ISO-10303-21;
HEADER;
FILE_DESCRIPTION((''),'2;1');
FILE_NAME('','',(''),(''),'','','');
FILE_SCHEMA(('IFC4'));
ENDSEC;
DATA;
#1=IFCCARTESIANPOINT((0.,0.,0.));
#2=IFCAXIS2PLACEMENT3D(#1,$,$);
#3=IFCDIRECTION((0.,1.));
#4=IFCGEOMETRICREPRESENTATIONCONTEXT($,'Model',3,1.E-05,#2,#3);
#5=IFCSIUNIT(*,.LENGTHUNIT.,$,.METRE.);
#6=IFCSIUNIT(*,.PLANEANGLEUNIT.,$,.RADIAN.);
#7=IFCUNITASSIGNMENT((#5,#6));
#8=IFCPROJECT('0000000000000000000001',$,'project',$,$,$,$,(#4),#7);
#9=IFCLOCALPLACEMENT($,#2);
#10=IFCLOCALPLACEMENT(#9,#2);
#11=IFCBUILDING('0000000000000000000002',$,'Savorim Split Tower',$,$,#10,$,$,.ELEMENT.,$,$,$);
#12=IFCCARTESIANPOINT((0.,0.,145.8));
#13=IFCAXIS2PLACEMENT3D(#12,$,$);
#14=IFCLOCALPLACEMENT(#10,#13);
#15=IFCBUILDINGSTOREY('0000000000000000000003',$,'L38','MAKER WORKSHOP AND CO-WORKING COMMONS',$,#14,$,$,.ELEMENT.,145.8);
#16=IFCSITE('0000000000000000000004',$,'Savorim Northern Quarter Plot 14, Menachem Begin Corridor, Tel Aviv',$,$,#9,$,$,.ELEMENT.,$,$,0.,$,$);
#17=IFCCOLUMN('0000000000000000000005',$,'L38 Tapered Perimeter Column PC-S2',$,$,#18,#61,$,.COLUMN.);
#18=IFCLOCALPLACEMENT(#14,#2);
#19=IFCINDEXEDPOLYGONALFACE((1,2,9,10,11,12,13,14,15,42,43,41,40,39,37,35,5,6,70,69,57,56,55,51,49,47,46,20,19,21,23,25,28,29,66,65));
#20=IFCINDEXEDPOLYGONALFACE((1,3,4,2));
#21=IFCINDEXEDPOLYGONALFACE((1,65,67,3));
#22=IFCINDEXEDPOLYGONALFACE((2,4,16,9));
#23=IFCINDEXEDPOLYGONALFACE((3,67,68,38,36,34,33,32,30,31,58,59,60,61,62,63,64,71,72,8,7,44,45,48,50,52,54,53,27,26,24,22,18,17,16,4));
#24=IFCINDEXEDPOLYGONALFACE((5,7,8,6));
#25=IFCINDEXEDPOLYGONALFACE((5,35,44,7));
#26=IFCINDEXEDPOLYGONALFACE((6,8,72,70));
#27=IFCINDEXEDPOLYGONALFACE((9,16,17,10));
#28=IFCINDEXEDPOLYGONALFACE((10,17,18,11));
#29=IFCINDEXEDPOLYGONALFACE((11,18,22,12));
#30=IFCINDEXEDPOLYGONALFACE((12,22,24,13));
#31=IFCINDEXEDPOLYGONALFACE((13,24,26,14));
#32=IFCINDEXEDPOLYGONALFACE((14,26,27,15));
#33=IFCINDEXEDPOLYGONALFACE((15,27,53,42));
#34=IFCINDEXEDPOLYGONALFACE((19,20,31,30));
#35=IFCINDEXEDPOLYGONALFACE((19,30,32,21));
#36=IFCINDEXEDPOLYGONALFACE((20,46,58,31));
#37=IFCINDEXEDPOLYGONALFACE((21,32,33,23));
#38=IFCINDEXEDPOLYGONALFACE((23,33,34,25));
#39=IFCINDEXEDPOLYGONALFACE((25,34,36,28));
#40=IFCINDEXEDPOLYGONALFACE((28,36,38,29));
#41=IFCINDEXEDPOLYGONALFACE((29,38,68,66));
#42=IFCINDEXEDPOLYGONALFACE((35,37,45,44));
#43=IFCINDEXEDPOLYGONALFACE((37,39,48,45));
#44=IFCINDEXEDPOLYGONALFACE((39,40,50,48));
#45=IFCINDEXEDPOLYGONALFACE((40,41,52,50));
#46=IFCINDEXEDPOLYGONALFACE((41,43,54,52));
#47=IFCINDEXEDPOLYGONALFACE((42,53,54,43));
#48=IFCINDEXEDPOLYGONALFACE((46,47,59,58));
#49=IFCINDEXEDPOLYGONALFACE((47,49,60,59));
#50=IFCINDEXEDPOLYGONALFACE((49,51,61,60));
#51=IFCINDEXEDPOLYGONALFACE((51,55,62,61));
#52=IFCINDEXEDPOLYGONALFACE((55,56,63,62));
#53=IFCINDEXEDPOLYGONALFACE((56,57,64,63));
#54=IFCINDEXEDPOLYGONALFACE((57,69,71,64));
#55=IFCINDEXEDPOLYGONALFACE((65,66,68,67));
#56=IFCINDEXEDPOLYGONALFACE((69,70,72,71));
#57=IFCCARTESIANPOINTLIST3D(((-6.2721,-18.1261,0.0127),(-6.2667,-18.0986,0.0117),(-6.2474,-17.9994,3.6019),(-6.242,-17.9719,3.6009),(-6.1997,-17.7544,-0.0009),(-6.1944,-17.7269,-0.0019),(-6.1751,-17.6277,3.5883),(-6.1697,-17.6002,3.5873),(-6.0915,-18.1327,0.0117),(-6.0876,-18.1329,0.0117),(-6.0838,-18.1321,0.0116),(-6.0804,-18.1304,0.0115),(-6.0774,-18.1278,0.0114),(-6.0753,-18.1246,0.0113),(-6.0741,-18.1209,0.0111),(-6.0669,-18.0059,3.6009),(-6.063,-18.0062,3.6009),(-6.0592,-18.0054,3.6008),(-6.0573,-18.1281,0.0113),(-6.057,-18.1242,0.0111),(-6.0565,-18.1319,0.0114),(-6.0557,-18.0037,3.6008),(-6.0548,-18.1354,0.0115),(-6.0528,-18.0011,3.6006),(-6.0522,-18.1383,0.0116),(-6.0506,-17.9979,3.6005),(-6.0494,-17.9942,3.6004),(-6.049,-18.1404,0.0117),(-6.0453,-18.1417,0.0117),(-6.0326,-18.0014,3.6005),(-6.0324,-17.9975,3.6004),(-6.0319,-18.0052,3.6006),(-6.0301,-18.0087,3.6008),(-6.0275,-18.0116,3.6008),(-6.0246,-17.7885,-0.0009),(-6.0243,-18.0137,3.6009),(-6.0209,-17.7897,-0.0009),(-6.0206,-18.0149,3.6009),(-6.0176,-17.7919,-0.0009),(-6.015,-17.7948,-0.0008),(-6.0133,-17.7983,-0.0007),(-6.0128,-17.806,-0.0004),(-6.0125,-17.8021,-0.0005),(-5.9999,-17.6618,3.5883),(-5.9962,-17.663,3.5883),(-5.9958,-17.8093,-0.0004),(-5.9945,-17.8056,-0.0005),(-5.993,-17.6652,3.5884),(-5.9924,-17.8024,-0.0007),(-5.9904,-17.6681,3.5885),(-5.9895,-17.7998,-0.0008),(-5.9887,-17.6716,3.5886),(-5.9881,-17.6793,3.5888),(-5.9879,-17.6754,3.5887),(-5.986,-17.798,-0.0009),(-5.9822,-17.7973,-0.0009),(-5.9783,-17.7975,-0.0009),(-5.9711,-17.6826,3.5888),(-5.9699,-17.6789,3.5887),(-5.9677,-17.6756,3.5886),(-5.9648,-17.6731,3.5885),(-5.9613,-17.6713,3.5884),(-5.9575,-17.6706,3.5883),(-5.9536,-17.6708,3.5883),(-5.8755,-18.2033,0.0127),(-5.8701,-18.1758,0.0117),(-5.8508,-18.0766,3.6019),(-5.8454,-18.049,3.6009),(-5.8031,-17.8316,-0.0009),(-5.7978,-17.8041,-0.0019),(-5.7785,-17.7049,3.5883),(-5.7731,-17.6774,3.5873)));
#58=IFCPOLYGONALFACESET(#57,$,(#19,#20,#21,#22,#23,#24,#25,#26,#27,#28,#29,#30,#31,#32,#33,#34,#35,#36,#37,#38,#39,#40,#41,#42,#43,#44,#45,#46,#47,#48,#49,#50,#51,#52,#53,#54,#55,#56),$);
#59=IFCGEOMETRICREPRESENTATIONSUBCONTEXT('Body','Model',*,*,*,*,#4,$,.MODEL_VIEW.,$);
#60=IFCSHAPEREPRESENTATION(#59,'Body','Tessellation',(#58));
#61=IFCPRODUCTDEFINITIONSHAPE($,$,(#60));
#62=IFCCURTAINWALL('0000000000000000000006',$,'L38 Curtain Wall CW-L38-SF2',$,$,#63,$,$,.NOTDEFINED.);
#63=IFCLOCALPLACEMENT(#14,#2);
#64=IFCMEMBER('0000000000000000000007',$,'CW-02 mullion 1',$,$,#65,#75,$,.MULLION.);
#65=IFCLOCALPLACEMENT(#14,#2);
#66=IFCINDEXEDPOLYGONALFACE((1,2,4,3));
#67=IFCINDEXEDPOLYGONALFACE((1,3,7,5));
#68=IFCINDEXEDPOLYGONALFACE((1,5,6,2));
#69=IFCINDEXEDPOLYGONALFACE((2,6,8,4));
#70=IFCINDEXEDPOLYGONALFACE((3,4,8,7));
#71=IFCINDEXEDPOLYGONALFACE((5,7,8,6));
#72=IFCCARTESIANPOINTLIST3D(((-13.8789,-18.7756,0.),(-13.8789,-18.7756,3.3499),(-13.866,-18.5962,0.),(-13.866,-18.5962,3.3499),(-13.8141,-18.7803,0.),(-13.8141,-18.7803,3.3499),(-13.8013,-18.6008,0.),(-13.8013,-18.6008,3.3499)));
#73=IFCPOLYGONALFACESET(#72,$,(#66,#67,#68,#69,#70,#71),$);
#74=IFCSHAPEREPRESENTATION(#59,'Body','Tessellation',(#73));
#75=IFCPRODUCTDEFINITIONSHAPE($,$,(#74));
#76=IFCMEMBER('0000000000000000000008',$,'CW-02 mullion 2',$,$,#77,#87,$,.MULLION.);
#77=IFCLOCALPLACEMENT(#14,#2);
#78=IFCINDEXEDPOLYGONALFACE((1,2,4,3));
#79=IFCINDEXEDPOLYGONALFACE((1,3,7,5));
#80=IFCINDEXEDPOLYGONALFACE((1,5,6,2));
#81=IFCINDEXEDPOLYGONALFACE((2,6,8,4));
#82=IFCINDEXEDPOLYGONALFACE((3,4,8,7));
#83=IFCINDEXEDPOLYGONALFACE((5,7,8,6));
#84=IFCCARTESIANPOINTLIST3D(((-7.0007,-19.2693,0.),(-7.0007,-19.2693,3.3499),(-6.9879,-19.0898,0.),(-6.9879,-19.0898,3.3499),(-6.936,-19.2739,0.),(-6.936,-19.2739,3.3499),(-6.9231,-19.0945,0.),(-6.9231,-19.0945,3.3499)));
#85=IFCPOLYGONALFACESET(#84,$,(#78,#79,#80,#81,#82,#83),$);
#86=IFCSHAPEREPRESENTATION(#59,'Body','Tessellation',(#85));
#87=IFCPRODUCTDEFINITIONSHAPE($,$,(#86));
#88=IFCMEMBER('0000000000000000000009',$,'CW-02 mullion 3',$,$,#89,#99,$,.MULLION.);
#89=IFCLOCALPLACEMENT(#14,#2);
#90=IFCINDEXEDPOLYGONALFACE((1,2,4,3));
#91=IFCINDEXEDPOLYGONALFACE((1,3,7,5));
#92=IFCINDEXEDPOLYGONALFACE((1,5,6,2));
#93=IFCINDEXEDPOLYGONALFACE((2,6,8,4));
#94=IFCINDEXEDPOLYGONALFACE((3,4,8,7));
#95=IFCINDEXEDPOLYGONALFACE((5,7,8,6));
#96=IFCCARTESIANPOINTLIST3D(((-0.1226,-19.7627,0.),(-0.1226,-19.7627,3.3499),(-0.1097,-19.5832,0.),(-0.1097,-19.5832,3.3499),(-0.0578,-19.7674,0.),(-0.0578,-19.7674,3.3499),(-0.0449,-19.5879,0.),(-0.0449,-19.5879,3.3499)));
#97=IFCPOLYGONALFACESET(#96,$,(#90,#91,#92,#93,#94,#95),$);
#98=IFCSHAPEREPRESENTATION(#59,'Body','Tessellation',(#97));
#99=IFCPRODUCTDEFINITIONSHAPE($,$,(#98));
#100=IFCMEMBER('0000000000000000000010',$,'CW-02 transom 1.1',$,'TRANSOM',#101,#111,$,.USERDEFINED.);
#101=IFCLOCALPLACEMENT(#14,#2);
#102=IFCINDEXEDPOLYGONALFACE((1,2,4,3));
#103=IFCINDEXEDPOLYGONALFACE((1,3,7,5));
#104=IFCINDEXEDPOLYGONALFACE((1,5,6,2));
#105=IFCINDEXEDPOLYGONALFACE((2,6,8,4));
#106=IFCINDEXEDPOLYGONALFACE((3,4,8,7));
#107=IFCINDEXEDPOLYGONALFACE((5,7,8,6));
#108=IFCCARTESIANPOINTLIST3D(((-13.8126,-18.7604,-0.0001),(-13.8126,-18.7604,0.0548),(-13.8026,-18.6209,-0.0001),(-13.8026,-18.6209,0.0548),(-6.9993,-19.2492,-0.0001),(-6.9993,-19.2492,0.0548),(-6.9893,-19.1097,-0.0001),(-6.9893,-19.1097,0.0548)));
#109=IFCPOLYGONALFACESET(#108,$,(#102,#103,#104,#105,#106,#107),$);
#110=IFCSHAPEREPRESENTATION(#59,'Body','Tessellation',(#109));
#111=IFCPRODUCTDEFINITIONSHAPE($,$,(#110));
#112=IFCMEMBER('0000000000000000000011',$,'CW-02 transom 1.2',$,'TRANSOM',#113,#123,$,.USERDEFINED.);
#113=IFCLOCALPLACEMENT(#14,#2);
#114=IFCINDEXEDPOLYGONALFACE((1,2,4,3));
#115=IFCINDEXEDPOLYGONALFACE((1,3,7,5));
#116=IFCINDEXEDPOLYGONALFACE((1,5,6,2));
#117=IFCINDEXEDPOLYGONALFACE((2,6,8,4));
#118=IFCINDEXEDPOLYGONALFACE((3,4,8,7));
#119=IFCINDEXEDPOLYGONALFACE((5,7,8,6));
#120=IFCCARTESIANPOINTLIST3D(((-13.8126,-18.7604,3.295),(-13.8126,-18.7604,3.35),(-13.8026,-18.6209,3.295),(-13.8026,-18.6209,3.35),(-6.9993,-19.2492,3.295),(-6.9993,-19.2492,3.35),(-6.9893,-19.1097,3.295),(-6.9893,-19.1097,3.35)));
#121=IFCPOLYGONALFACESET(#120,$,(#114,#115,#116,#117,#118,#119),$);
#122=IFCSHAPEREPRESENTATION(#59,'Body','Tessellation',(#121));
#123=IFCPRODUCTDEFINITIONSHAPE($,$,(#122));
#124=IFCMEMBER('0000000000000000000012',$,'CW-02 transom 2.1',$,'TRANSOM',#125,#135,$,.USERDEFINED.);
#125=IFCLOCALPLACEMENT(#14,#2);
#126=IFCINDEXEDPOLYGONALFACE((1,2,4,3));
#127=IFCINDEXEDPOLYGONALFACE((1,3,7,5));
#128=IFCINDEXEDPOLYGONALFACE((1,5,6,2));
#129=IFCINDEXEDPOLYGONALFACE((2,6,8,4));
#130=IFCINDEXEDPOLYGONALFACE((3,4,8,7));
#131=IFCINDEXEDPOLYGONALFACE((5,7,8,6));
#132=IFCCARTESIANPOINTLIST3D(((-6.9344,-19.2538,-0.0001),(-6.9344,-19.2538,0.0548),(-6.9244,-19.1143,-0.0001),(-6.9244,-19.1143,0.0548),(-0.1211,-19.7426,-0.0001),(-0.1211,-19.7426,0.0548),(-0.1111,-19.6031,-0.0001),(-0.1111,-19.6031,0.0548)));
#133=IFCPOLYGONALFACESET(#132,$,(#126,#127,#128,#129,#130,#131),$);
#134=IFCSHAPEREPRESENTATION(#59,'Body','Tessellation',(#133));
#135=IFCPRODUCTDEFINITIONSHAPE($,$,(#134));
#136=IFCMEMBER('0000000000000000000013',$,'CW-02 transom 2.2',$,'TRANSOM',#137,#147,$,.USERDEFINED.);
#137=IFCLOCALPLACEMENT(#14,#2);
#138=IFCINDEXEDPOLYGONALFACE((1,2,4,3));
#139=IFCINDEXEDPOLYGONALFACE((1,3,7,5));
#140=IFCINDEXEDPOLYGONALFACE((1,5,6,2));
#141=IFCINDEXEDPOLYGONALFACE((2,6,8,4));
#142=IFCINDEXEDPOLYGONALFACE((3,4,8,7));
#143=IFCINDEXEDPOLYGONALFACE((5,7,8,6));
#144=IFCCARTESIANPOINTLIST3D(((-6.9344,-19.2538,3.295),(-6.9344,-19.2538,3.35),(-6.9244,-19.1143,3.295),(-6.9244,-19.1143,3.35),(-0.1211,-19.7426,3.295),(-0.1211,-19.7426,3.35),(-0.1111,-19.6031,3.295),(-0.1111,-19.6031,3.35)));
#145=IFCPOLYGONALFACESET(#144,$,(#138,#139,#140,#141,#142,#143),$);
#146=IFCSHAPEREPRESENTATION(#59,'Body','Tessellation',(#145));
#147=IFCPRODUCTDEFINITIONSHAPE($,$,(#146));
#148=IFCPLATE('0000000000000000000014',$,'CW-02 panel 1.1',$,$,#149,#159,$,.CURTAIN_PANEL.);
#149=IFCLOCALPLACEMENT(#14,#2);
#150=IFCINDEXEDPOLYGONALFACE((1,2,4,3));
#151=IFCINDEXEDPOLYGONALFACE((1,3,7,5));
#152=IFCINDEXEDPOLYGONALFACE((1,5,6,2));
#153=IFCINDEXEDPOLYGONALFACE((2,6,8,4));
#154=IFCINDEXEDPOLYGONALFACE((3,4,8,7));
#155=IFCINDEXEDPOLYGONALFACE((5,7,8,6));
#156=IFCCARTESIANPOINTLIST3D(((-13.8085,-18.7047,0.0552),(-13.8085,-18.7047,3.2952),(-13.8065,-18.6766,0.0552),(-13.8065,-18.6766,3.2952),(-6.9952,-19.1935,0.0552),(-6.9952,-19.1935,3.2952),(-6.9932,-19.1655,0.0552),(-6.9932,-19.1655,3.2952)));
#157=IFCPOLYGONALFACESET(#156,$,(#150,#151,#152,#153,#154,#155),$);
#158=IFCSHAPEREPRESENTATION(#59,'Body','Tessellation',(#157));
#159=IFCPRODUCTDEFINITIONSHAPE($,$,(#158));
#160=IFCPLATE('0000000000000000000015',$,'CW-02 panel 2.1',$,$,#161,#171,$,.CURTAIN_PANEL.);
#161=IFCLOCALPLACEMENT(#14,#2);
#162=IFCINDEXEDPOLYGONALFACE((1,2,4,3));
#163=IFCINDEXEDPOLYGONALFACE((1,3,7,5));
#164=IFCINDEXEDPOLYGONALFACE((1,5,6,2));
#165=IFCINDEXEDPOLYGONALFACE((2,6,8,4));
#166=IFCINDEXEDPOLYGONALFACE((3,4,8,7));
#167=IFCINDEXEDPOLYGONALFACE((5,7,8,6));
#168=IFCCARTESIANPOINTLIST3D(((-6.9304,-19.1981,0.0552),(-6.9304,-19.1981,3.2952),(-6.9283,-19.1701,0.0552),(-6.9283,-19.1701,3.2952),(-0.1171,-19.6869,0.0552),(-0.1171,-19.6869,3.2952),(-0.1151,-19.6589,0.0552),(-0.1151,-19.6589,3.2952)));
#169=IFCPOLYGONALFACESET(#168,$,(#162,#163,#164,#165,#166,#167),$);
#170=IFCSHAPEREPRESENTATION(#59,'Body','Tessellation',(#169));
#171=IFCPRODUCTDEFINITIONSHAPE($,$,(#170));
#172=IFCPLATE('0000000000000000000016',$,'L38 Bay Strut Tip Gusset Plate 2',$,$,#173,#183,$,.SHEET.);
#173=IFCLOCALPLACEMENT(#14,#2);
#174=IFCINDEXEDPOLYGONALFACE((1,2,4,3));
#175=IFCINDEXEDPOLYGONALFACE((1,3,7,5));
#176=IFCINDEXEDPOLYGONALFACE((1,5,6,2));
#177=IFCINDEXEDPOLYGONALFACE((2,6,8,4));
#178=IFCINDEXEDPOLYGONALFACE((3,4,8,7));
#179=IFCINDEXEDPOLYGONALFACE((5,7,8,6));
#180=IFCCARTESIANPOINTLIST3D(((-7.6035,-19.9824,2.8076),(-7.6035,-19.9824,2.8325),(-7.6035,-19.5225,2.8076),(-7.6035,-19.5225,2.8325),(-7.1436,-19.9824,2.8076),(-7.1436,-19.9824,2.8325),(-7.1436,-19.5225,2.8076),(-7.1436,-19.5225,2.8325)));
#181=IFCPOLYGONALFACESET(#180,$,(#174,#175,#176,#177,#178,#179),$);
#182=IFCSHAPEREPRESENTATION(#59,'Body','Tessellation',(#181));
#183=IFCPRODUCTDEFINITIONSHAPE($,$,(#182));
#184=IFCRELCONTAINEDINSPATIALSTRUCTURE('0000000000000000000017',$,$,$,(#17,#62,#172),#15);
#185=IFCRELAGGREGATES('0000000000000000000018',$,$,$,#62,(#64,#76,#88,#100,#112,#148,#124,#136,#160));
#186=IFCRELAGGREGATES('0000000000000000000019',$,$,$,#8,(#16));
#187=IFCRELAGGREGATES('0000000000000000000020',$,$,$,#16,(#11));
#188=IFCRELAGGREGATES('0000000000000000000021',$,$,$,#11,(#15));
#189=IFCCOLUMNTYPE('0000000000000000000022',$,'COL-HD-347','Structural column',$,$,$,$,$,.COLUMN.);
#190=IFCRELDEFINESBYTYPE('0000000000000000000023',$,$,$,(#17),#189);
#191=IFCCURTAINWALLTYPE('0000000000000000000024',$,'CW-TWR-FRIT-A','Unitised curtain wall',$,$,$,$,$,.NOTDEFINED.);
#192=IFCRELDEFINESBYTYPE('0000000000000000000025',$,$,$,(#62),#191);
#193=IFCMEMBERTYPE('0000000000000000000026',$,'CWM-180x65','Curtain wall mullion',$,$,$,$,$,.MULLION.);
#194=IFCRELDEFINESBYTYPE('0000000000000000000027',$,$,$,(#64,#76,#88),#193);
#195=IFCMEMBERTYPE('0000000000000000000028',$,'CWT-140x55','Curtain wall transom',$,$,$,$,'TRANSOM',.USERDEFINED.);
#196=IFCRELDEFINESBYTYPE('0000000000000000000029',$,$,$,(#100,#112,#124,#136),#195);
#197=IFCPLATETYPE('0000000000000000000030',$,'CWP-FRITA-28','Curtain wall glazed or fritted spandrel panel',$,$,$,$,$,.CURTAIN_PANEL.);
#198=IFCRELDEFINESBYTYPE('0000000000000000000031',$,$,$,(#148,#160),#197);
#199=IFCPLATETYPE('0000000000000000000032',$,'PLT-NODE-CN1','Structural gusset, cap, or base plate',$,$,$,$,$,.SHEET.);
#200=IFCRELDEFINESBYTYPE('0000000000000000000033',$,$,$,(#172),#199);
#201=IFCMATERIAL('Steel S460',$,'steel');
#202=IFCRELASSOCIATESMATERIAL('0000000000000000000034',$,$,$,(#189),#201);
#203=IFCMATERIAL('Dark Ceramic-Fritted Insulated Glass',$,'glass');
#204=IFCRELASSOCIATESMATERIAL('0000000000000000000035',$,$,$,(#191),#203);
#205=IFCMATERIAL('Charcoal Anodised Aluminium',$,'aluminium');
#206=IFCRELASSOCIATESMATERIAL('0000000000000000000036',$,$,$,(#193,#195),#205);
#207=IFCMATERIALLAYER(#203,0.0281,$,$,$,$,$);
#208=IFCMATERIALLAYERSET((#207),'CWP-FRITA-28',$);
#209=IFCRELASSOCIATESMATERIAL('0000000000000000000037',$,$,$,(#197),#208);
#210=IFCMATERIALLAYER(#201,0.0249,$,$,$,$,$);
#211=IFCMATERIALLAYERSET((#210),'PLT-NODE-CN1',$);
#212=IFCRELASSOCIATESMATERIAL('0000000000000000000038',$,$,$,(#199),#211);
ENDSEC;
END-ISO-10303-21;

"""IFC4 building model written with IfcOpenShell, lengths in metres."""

from ifc_helpers import new_model, si_unit, direction, frame, origin, origin_2d, place, context, subcontext, project, spatial, rectangle, i_section, extrude, material, layer, layer_set, material_profile, profile_set, type_object, element, aggregate, save


model = new_model("IFC4")

# Units and contexts
model_context = context("Model", 3, precision=1e-05, world=origin(), true_north=direction((0.0, 1.0)))
body_context = subcontext(model_context, "Body", "Model", "MODEL_VIEW")
ifc_project = project(units=[si_unit("LENGTHUNIT", "METRE"), si_unit("PLANEANGLEUNIT", "RADIAN")], contexts=[model_context])

# Site, building, storey
site_placement = place(None, origin())
site = spatial("IfcSite", under=ifc_project, at=site_placement, Name="Savorim Northern Quarter Plot 14, Menachem Begin Corridor, Tel Aviv", CompositionType="ELEMENT", RefElevation=0.0)
building_placement = place(site_placement, origin())
building = spatial("IfcBuilding", under=site, at=building_placement, Name="Savorim Split Tower", CompositionType="ELEMENT")
storey_placement = place(building_placement, frame((0.0, 0.0, 145.8)))
storey = spatial("IfcBuildingStorey", under=building, at=storey_placement, Name="L38", Description="MAKER WORKSHOP AND CO-WORKING COMMONS", CompositionType="ELEMENT", Elevation=145.8)

# Column
ifc_material_1 = material(Name="Steel S460", Category="steel")
ifc_material_profile_1 = material_profile(ifc_material_1, i_section(OverallWidth=0.4041, OverallDepth=0.407, WebThickness=0.0173, FlangeThickness=0.0281, FilletRadius=0.0149, at=origin_2d()), Name="HD 400x347")
ifc_profile_set_1 = profile_set([ifc_material_profile_1], Name="Steel S460")
column_type = type_object("IfcColumnType", Name="COL-HD-347", Description="Structural column", PredefinedType="COLUMN", material=ifc_profile_set_1)
column_placement = place(storey_placement, frame((-6.0349, -17.9651, 0.0054), z_axis=(0.006866, 0.035281, 0.999354), x_axis=(-0.981586, 0.191022, 0.0)))
element("IfcColumn", 1, at=column_placement, inside=storey, type_object=column_type, Name="L38 Tapered Perimeter Column PC-S2", PredefinedType="COLUMN", context=body_context, shape_type="SweptSolid", body=[
    extrude(i_section(OverallWidth=0.4041, OverallDepth=0.407, WebThickness=0.0173, FlangeThickness=0.0281, FilletRadius=0.0149, at=origin_2d()), origin(), (0.0, 0.0, 1.0), 3.5916),
])

# Curtain wall, members, plates
ifc_material_2 = material(Name="Dark Ceramic-Fritted Insulated Glass", Category="glass")
curtain_wall_type = type_object("IfcCurtainWallType", Name="CW-TWR-FRIT-A", Description="Unitised curtain wall", PredefinedType="NOTDEFINED", material=ifc_material_2)
curtain_wall_placement = place(storey_placement, origin())
curtain_wall = element("IfcCurtainWall", 2, at=curtain_wall_placement, inside=storey, type_object=curtain_wall_type, Name="L38 Curtain Wall CW-L38-SF2", PredefinedType="NOTDEFINED")
ifc_material_3 = material(Name="Charcoal Anodised Aluminium", Category="aluminium")
ifc_material_profile_2 = material_profile(ifc_material_3, rectangle(XDim=0.1799, YDim=0.0649, at=origin_2d()), Name="ALU-M 180x65")
ifc_profile_set_2 = profile_set([ifc_material_profile_2], Name="Charcoal Anodised Aluminium")
member_type_1 = type_object("IfcMemberType", Name="CWM-180x65", Description="Curtain wall mullion", PredefinedType="MULLION", material=ifc_profile_set_2)
member_1_placement = place(storey_placement, frame((-13.8401, -18.6882, 0.0), z_axis=(0.0, 0.0, 1.0), x_axis=(0.071561, 0.997436, 0.0)))
member_1 = element("IfcMember", 3, at=member_1_placement, type_object=member_type_1, Name="CW-02 mullion 1", PredefinedType="MULLION", context=body_context, shape_type="SweptSolid", body=[
    extrude(rectangle(XDim=0.1799, YDim=0.0649, at=origin_2d()), origin(), (0.0, 0.0, 1.0), 3.3499),
])
member_2_placement = place(storey_placement, frame((-6.9619, -19.1819, 0.0), z_axis=(0.0, 0.0, 1.0), x_axis=(0.071561, 0.997436, 0.0)))
member_2 = element("IfcMember", 4, at=member_2_placement, type_object=member_type_1, Name="CW-02 mullion 2", PredefinedType="MULLION", context=body_context, shape_type="SweptSolid", body=[
    extrude(rectangle(XDim=0.1799, YDim=0.0649, at=origin_2d()), origin(), (0.0, 0.0, 1.0), 3.3499),
])
member_3_placement = place(storey_placement, frame((-0.0837, -19.6753, 0.0), z_axis=(0.0, 0.0, 1.0), x_axis=(0.071561, 0.997436, 0.0)))
member_3 = element("IfcMember", 5, at=member_3_placement, type_object=member_type_1, Name="CW-02 mullion 3", PredefinedType="MULLION", context=body_context, shape_type="SweptSolid", body=[
    extrude(rectangle(XDim=0.1799, YDim=0.0649, at=origin_2d()), origin(), (0.0, 0.0, 1.0), 3.3499),
])
ifc_material_profile_3 = material_profile(ifc_material_3, rectangle(XDim=0.1399, YDim=0.0549, at=origin_2d()), Name="ALU-T 140x55")
ifc_profile_set_3 = profile_set([ifc_material_profile_3], Name="Charcoal Anodised Aluminium")
member_type_2 = type_object("IfcMemberType", Name="CWT-140x55", Description="Curtain wall transom", ElementType="TRANSOM", PredefinedType="USERDEFINED", material=ifc_profile_set_3)
member_4_placement = place(storey_placement, frame((-13.8076, -18.6907, 0.0273), z_axis=(0.997437, -0.071554, 0.0), x_axis=(0.071554, 0.997437, 0.0)))
member_4 = element("IfcMember", 6, at=member_4_placement, type_object=member_type_2, Name="CW-02 transom 1.1", ObjectType="TRANSOM", PredefinedType="USERDEFINED", context=body_context, shape_type="SweptSolid", body=[
    extrude(rectangle(XDim=0.1399, YDim=0.0549, at=origin_2d()), origin(), (0.0, 0.0, 1.0), 6.8308),
])
member_5_placement = place(storey_placement, frame((-13.8076, -18.6907, 3.3225), z_axis=(0.997437, -0.071554, 0.0), x_axis=(0.071554, 0.997437, 0.0)))
member_5 = element("IfcMember", 7, at=member_5_placement, type_object=member_type_2, Name="CW-02 transom 1.2", ObjectType="TRANSOM", PredefinedType="USERDEFINED", context=body_context, shape_type="SweptSolid", body=[
    extrude(rectangle(XDim=0.1399, YDim=0.0549, at=origin_2d()), origin(), (0.0, 0.0, 1.0), 6.8308),
])
member_6_placement = place(storey_placement, frame((-6.9294, -19.1841, 0.0273), z_axis=(0.997437, -0.071554, 0.0), x_axis=(0.071554, 0.997437, 0.0)))
member_6 = element("IfcMember", 8, at=member_6_placement, type_object=member_type_2, Name="CW-02 transom 2.1", ObjectType="TRANSOM", PredefinedType="USERDEFINED", context=body_context, shape_type="SweptSolid", body=[
    extrude(rectangle(XDim=0.1399, YDim=0.0549, at=origin_2d()), origin(), (0.0, 0.0, 1.0), 6.8308),
])
member_7_placement = place(storey_placement, frame((-6.9294, -19.1841, 3.3225), z_axis=(0.997437, -0.071554, 0.0), x_axis=(0.071554, 0.997437, 0.0)))
member_7 = element("IfcMember", 9, at=member_7_placement, type_object=member_type_2, Name="CW-02 transom 2.2", ObjectType="TRANSOM", PredefinedType="USERDEFINED", context=body_context, shape_type="SweptSolid", body=[
    extrude(rectangle(XDim=0.1399, YDim=0.0549, at=origin_2d()), origin(), (0.0, 0.0, 1.0), 6.8308),
])
ifc_layer_1 = layer(ifc_material_2, 0.0281)
ifc_layer_set_1 = layer_set([ifc_layer_1], Name="CWP-FRITA-28")
plate_type_1 = type_object("IfcPlateType", Name="CWP-FRITA-28", Description="Curtain wall glazed or fritted spandrel panel", PredefinedType="CURTAIN_PANEL", material=ifc_layer_set_1)
plate_1_placement = place(storey_placement, frame((-10.4009, -18.9351, 0.0552), z_axis=(0.0, 0.0, 1.0), x_axis=(0.997436, -0.071561, 0.0)))
plate_1 = element("IfcPlate", 10, at=plate_1_placement, type_object=plate_type_1, Name="CW-02 panel 1.1", PredefinedType="CURTAIN_PANEL", context=body_context, shape_type="SweptSolid", body=[
    extrude(rectangle(XDim=6.8308, YDim=0.0281, at=origin_2d()), origin(), (0.0, 0.0, 1.0), 3.24),
])
plate_2_placement = place(storey_placement, frame((-3.5227, -19.4285, 0.0552), z_axis=(0.0, 0.0, 1.0), x_axis=(0.997436, -0.071561, 0.0)))
plate_2 = element("IfcPlate", 11, at=plate_2_placement, type_object=plate_type_1, Name="CW-02 panel 2.1", PredefinedType="CURTAIN_PANEL", context=body_context, shape_type="SweptSolid", body=[
    extrude(rectangle(XDim=6.8308, YDim=0.0281, at=origin_2d()), origin(), (0.0, 0.0, 1.0), 3.24),
])
aggregate(curtain_wall, [member_1, member_2, member_3, member_4, member_5, plate_1, member_6, member_7, plate_2])

# Plate
ifc_layer_2 = layer(ifc_material_1, 0.0249)
ifc_layer_set_2 = layer_set([ifc_layer_2], Name="PLT-NODE-CN1")
plate_type_2 = type_object("IfcPlateType", Name="PLT-NODE-CN1", Description="Structural gusset, cap, or base plate", PredefinedType="SHEET", material=ifc_layer_set_2)
plate_3_placement = place(storey_placement, frame((-7.3735, -19.7524, 2.8076), z_axis=(0.0, 0.0, 1.0), x_axis=(1.0, 0.0, 0.0)))
element("IfcPlate", 12, at=plate_3_placement, inside=storey, type_object=plate_type_2, Name="L38 Bay Strut Tip Gusset Plate 2", PredefinedType="SHEET", context=body_context, shape_type="SweptSolid", body=[
    extrude(rectangle(XDim=0.46, YDim=0.46, at=origin_2d()), origin(), (0.0, 0.0, 1.0), 0.0249),
])

save(model, "model.ifc")
